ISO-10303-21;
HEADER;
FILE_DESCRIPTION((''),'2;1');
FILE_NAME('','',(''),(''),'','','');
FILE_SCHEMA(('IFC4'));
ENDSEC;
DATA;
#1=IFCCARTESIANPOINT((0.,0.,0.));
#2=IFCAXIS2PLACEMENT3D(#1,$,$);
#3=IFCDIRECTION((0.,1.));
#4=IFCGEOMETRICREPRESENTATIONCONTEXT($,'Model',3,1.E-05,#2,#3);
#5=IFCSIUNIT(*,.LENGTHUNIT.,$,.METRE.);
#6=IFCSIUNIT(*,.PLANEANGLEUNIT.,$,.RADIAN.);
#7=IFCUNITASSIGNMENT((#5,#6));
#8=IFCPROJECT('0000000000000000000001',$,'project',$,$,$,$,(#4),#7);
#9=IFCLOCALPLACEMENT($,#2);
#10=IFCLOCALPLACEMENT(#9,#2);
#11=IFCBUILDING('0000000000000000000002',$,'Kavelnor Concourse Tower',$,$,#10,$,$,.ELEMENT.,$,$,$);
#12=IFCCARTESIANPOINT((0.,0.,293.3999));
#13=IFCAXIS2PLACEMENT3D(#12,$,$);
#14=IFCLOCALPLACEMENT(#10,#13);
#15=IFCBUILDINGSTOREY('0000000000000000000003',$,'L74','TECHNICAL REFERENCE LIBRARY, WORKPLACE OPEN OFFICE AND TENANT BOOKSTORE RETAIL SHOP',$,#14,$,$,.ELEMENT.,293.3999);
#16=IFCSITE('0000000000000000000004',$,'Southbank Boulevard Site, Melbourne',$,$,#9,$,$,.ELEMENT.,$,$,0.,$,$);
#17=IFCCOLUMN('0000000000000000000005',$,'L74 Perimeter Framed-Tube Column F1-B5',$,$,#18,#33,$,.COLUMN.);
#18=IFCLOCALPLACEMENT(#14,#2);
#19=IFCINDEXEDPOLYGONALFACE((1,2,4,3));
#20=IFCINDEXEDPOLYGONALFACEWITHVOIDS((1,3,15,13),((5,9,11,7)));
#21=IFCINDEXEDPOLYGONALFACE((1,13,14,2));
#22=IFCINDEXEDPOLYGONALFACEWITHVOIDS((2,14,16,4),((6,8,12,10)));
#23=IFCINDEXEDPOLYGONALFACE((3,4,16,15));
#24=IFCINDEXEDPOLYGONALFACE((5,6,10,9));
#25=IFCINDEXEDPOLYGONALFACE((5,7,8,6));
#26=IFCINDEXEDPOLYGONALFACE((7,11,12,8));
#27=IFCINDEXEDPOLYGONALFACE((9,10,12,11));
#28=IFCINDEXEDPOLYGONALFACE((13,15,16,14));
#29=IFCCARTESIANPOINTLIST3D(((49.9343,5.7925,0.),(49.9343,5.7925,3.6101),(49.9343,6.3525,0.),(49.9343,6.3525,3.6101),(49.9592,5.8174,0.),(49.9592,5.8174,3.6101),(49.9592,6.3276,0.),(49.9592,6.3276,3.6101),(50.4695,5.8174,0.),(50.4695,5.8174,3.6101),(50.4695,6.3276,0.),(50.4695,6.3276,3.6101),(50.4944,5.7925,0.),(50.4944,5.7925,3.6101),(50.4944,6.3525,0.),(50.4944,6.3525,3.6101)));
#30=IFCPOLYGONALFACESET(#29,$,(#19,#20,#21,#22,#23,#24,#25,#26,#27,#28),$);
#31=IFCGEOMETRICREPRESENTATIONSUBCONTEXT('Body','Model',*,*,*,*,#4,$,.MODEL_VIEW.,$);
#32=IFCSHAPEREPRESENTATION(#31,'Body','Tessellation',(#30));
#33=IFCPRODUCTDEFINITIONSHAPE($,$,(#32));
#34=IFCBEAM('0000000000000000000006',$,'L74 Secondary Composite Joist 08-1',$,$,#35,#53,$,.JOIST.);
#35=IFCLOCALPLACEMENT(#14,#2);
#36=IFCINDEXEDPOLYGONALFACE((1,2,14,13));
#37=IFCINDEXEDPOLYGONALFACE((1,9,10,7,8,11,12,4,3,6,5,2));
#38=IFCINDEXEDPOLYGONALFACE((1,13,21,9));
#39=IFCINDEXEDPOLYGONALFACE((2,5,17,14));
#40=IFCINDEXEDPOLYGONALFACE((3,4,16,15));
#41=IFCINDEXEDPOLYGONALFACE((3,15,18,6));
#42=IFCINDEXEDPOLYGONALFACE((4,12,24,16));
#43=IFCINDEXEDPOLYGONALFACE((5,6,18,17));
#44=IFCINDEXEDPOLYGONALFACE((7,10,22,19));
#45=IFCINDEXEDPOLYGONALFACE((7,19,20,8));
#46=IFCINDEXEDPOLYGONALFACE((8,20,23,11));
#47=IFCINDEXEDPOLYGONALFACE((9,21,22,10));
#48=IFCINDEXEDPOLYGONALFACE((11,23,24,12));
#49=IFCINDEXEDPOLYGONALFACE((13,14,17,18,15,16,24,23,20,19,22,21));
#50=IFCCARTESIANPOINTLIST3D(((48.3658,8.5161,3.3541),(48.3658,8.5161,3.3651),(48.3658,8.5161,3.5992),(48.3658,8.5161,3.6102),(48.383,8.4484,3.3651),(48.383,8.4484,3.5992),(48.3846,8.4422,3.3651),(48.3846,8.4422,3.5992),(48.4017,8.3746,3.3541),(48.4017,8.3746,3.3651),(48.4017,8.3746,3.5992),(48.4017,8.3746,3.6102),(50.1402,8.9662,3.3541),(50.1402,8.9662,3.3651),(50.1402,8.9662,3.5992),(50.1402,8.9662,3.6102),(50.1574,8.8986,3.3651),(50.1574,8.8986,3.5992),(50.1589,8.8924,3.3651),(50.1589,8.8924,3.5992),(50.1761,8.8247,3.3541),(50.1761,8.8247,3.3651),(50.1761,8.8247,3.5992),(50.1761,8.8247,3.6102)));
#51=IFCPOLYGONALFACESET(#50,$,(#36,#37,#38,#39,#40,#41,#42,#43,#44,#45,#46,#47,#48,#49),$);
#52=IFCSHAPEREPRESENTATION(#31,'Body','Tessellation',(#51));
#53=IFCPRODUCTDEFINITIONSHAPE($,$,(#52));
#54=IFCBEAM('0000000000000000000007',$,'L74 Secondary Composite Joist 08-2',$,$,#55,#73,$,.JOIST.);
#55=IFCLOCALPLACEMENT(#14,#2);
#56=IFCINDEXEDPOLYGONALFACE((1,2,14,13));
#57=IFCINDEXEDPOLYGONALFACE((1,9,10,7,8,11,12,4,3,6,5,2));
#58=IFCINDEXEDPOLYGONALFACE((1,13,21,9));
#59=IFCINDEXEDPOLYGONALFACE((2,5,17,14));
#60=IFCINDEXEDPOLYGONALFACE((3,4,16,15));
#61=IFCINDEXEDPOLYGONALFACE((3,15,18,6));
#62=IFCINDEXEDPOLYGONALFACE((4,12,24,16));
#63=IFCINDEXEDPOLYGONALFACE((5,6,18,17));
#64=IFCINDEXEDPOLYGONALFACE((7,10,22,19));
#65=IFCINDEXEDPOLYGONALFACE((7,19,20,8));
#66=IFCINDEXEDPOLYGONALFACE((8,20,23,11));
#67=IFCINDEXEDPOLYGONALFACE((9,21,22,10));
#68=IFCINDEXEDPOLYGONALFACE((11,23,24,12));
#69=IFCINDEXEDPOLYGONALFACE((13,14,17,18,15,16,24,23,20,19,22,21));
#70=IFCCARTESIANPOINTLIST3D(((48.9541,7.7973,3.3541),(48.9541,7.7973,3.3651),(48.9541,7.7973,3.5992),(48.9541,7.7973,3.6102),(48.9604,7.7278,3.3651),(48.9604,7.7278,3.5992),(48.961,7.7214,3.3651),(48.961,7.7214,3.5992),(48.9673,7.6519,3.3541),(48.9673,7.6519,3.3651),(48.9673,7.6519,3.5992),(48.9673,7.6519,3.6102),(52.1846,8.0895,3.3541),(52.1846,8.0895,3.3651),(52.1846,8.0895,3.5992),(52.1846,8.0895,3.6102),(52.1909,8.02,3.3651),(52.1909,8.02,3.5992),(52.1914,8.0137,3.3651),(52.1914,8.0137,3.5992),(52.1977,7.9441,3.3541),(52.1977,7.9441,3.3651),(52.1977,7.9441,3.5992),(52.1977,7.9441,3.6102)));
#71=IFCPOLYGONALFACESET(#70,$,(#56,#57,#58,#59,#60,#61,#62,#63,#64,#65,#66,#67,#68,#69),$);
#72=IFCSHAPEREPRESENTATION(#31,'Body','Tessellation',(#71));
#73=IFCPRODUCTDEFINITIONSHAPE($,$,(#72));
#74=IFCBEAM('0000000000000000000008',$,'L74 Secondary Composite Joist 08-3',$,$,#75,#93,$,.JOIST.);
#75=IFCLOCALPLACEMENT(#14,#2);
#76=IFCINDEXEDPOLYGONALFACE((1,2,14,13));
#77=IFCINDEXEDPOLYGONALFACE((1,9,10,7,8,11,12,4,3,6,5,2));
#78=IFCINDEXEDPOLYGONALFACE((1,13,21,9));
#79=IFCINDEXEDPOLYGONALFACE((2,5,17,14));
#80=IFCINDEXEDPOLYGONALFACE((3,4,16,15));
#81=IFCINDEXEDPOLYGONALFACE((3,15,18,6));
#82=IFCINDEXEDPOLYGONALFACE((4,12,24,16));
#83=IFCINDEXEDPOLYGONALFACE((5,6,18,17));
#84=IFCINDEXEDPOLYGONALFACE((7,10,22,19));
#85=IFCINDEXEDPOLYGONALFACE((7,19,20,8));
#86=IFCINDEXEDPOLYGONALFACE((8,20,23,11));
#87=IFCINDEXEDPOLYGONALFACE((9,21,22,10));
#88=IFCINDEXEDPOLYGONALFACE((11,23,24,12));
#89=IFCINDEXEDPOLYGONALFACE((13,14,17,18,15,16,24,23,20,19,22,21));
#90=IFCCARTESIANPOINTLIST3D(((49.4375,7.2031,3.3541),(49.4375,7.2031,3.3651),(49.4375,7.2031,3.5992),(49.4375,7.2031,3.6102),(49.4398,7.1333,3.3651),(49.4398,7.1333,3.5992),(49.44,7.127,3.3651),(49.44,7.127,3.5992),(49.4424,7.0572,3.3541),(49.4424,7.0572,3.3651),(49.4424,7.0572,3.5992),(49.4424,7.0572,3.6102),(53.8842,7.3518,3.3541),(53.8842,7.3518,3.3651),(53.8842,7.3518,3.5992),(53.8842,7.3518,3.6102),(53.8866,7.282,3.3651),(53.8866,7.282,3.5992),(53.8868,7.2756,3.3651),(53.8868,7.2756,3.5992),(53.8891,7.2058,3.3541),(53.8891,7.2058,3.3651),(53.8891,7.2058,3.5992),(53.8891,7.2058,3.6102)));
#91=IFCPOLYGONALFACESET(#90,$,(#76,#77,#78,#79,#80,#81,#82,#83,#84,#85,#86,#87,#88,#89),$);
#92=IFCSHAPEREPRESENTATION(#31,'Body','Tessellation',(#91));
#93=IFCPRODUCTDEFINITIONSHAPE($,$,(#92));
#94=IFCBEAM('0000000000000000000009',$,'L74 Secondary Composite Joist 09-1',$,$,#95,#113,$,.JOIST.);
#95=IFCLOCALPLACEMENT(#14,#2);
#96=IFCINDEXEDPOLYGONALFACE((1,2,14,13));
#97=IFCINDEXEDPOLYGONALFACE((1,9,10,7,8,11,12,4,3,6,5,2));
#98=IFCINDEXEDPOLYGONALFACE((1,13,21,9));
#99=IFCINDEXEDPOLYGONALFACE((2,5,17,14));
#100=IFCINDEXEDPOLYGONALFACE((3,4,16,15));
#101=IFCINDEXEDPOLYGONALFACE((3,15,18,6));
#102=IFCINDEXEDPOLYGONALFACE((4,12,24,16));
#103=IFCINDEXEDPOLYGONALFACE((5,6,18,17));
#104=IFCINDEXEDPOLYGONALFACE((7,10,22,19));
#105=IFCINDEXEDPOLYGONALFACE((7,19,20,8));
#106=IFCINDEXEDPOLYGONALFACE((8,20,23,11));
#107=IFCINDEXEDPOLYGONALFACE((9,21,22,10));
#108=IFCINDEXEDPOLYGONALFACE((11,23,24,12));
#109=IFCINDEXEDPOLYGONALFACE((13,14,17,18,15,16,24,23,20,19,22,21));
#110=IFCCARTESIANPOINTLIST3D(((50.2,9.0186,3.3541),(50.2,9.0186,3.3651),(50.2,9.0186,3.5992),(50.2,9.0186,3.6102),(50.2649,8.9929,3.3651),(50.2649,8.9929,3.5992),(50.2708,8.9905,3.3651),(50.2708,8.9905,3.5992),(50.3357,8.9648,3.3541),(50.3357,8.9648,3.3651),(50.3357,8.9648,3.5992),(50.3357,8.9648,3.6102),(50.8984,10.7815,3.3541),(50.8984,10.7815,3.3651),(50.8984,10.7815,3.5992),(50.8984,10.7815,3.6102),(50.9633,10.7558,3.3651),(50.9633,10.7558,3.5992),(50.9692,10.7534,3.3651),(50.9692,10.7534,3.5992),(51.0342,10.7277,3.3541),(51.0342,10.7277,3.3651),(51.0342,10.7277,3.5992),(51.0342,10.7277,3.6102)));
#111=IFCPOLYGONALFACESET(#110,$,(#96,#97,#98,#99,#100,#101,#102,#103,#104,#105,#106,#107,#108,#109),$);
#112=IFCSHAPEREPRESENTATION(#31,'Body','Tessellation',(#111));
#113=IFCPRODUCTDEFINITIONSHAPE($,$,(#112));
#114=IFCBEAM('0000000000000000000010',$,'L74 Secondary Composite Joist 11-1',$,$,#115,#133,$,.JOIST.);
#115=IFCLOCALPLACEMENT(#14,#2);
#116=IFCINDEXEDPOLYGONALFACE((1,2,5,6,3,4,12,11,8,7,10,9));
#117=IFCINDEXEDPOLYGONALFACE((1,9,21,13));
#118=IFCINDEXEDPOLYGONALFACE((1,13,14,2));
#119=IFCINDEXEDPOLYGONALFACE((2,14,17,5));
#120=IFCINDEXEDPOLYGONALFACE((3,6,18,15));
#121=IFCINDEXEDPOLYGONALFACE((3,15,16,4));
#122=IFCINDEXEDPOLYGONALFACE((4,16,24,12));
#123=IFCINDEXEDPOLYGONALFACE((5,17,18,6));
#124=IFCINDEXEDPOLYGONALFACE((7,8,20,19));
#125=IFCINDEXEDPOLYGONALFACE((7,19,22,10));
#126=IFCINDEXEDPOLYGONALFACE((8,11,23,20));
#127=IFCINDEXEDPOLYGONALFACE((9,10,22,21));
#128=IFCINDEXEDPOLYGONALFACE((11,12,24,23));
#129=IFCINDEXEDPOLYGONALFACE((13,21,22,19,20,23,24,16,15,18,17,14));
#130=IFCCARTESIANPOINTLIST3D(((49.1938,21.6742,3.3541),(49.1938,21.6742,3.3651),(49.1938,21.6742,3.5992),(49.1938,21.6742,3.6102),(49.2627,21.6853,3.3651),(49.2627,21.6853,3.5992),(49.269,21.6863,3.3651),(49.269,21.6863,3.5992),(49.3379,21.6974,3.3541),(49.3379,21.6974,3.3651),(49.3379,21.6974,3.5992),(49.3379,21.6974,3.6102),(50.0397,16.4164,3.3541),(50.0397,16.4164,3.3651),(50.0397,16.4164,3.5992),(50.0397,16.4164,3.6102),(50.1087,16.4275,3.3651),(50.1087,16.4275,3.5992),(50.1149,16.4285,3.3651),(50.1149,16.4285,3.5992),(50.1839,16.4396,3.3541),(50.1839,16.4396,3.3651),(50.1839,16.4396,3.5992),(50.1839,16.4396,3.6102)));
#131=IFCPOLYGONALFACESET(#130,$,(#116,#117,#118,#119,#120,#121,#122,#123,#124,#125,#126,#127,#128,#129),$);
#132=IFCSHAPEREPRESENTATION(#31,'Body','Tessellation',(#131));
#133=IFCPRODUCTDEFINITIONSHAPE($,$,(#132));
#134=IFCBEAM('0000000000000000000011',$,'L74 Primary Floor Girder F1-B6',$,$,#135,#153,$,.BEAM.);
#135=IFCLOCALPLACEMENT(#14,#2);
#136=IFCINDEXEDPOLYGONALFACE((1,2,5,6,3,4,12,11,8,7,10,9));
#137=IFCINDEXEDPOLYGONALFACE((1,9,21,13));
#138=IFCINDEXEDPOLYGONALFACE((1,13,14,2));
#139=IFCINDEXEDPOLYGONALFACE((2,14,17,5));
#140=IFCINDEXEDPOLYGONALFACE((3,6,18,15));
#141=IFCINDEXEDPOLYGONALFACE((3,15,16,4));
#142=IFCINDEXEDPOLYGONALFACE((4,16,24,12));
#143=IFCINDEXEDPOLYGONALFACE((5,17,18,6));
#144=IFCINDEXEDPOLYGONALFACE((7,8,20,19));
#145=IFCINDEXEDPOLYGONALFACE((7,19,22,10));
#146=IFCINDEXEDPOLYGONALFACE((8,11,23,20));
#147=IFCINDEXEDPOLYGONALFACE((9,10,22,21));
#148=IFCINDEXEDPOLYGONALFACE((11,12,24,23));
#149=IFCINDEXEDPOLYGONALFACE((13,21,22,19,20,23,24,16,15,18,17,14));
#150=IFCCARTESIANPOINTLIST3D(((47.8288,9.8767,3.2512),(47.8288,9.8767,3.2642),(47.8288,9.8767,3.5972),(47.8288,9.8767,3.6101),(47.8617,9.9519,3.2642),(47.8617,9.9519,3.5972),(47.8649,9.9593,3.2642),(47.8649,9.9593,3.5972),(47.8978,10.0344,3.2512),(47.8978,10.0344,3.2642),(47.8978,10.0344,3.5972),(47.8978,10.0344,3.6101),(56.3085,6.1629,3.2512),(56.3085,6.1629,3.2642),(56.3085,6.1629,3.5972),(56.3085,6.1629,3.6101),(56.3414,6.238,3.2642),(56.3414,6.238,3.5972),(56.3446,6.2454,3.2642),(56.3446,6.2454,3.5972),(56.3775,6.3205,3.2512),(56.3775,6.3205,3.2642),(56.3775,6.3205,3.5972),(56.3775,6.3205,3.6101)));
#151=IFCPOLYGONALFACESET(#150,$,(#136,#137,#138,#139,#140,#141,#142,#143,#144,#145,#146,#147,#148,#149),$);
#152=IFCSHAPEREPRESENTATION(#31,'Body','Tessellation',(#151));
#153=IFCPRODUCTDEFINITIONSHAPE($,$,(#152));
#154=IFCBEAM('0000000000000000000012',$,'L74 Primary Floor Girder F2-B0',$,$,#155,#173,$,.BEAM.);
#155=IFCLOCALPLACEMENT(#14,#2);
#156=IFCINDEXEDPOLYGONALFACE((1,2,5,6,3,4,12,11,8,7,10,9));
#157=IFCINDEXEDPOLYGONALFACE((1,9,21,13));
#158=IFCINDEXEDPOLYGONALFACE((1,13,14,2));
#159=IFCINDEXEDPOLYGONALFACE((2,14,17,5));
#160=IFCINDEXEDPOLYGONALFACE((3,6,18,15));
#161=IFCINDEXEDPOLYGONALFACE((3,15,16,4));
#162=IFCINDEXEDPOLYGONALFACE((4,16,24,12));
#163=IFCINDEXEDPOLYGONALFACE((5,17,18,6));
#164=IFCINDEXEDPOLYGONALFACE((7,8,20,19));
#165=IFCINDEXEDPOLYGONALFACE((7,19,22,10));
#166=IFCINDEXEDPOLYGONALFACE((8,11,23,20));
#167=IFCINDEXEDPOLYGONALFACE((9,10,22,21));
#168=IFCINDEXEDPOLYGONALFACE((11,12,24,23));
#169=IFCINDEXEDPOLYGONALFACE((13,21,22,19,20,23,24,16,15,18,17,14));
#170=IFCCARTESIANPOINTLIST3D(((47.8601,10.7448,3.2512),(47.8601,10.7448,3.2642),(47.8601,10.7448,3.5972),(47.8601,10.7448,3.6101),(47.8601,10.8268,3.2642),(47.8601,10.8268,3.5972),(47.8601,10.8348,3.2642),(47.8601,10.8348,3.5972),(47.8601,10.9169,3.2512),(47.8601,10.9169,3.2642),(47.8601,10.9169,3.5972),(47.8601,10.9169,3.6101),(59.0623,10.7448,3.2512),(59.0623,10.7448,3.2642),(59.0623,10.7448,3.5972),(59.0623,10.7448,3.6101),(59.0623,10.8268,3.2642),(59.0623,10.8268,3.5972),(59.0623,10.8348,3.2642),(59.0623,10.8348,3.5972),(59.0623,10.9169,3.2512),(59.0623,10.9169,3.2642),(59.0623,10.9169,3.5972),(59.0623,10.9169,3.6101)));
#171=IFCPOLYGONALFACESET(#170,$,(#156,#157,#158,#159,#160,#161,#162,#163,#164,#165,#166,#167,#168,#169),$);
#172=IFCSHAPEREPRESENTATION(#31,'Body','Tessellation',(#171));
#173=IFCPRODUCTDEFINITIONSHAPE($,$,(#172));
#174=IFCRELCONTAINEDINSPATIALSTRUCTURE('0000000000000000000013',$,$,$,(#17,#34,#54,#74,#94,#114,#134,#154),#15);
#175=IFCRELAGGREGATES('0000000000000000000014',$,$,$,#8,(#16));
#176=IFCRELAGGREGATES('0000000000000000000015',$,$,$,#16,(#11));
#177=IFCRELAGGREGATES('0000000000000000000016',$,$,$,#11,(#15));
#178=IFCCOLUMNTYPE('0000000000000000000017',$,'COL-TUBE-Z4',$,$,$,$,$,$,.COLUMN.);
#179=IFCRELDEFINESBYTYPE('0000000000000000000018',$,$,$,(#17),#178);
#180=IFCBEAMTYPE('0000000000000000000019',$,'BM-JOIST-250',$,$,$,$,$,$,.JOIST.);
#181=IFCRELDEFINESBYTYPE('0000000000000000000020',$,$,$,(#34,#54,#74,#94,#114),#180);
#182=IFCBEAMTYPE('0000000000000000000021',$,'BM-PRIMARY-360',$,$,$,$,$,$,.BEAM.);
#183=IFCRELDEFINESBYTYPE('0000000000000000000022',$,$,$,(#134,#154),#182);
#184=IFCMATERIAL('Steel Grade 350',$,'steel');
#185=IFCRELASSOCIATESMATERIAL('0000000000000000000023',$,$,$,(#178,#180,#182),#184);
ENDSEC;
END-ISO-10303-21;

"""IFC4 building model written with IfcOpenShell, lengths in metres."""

from ifc_helpers import new_model, si_unit, direction, frame, origin, origin_2d, place, context, subcontext, project, spatial, hollow_rectangle, i_section, extrude, material, material_profile, profile_set, type_object, element, save


model = new_model("IFC4")

# Units and contexts
model_context = context("Model", 3, precision=1e-05, world=origin(), true_north=direction((0.0, 1.0)))
body_context = subcontext(model_context, "Body", "Model", "MODEL_VIEW")
ifc_project = project(units=[si_unit("LENGTHUNIT", "METRE"), si_unit("PLANEANGLEUNIT", "RADIAN")], contexts=[model_context])

# Site, building, storey
site_placement = place(None, origin())
site = spatial("IfcSite", under=ifc_project, at=site_placement, Name="Southbank Boulevard Site, Melbourne", CompositionType="ELEMENT", RefElevation=0.0)
building_placement = place(site_placement, origin())
building = spatial("IfcBuilding", under=site, at=building_placement, Name="Kavelnor Concourse Tower", CompositionType="ELEMENT")
storey_placement = place(building_placement, frame((0.0, 0.0, 293.3999)))
storey = spatial("IfcBuildingStorey", under=building, at=storey_placement, Name="L74", Description="TECHNICAL REFERENCE LIBRARY, WORKPLACE OPEN OFFICE AND TENANT BOOKSTORE RETAIL SHOP", CompositionType="ELEMENT", Elevation=293.3999)

# Column
ifc_material_1 = material(Name="Steel Grade 350", Category="steel")
ifc_material_profile_1 = material_profile(ifc_material_1, hollow_rectangle(XDim=0.5601, YDim=0.5601, WallThickness=0.0249, at=origin_2d()), Name="SHS 560x560x25")
ifc_profile_set_1 = profile_set([ifc_material_profile_1], Name="Steel Grade 350")
column_type = type_object("IfcColumnType", Name="COL-TUBE-Z4", PredefinedType="COLUMN", material=ifc_profile_set_1)
column_placement = place(storey_placement, frame((50.2144, 6.0725, 0.0), z_axis=(0.0, 0.0, 1.0), x_axis=(1.0, 0.0, 0.0)))
element("IfcColumn", 1, at=column_placement, inside=storey, type_object=column_type, Name="L74 Perimeter Framed-Tube Column F1-B5", PredefinedType="COLUMN", context=body_context, shape_type="SweptSolid", body=[
    extrude(hollow_rectangle(XDim=0.5601, YDim=0.5601, WallThickness=0.0249, at=origin_2d()), origin(), (0.0, 0.0, 1.0), 3.6101),
])

# Beams
ifc_material_profile_2 = material_profile(ifc_material_1, i_section(OverallWidth=0.146, OverallDepth=0.2561, WebThickness=0.0063, FlangeThickness=0.011, at=origin_2d()), Name="250UB37")
ifc_profile_set_2 = profile_set([ifc_material_profile_2], Name="Steel Grade 350")
beam_type_1 = type_object("IfcBeamType", Name="BM-JOIST-250", PredefinedType="JOIST", material=ifc_profile_set_2)
beam_1_placement = place(storey_placement, frame((48.3838, 8.4453, 3.4822), z_axis=(0.969289, 0.245923, 0.0), x_axis=(-0.245923, 0.969289, 0.0)))
element("IfcBeam", 2, at=beam_1_placement, inside=storey, type_object=beam_type_1, Name="L74 Secondary Composite Joist 08-1", PredefinedType="JOIST", context=body_context, shape_type="SweptSolid", body=[
    extrude(i_section(OverallWidth=0.146, OverallDepth=0.2561, WebThickness=0.0063, FlangeThickness=0.011, at=origin_2d()), origin(), (0.0, 0.0, 1.0), 1.8306),
])
beam_2_placement = place(storey_placement, frame((48.9607, 7.7246, 3.4822), z_axis=(0.995933, 0.090095, 0.0), x_axis=(-0.090095, 0.995933, 0.0)))
element("IfcBeam", 3, at=beam_2_placement, inside=storey, type_object=beam_type_1, Name="L74 Secondary Composite Joist 08-2", PredefinedType="JOIST", context=body_context, shape_type="SweptSolid", body=[
    extrude(i_section(OverallWidth=0.146, OverallDepth=0.2561, WebThickness=0.0063, FlangeThickness=0.011, at=origin_2d()), origin(), (0.0, 0.0, 1.0), 3.2437),
])
beam_3_placement = place(storey_placement, frame((49.4399, 7.1301, 3.4822), z_axis=(0.999441, 0.033417, 0.0), x_axis=(-0.033417, 0.999441, 0.0)))
element("IfcBeam", 4, at=beam_3_placement, inside=storey, type_object=beam_type_1, Name="L74 Secondary Composite Joist 08-3", PredefinedType="JOIST", context=body_context, shape_type="SweptSolid", body=[
    extrude(i_section(OverallWidth=0.146, OverallDepth=0.2561, WebThickness=0.0063, FlangeThickness=0.011, at=origin_2d()), origin(), (0.0, 0.0, 1.0), 4.4492),
])
beam_4_placement = place(storey_placement, frame((50.2678, 8.9917, 3.4822), z_axis=(0.368348, 0.929688, 0.0), x_axis=(-0.929688, 0.368348, 0.0)))
element("IfcBeam", 5, at=beam_4_placement, inside=storey, type_object=beam_type_1, Name="L74 Secondary Composite Joist 09-1", PredefinedType="JOIST", context=body_context, shape_type="SweptSolid", body=[
    extrude(i_section(OverallWidth=0.146, OverallDepth=0.2561, WebThickness=0.0063, FlangeThickness=0.011, at=origin_2d()), origin(), (0.0, 0.0, 1.0), 1.8962),
])
beam_5_placement = place(storey_placement, frame((50.1118, 16.428, 3.4822), z_axis=(-0.15885, 0.987303, 0.0), x_axis=(-0.987303, -0.15885, 0.0)))
element("IfcBeam", 6, at=beam_5_placement, inside=storey, type_object=beam_type_1, Name="L74 Secondary Composite Joist 11-1", PredefinedType="JOIST", context=body_context, shape_type="SweptSolid", body=[
    extrude(i_section(OverallWidth=0.146, OverallDepth=0.2561, WebThickness=0.0063, FlangeThickness=0.011, at=origin_2d()), origin(), (0.0, 0.0, 1.0), 5.3254),
])
ifc_material_profile_3 = material_profile(ifc_material_1, i_section(OverallWidth=0.1721, OverallDepth=0.3589, WebThickness=0.0081, FlangeThickness=0.0129, at=origin_2d()), Name="360UB56")
ifc_profile_set_3 = profile_set([ifc_material_profile_3], Name="Steel Grade 350")
beam_type_2 = type_object("IfcBeamType", Name="BM-PRIMARY-360", PredefinedType="BEAM", material=ifc_profile_set_3)
beam_6_placement = place(storey_placement, frame((47.8633, 9.9556, 3.4307), z_axis=(0.915999, -0.40118, 0.0), x_axis=(0.40118, 0.915999, 0.0)))
element("IfcBeam", 7, at=beam_6_placement, inside=storey, type_object=beam_type_2, Name="L74 Primary Floor Girder F1-B6", PredefinedType="BEAM", context=body_context, shape_type="SweptSolid", body=[
    extrude(i_section(OverallWidth=0.1721, OverallDepth=0.3589, WebThickness=0.0081, FlangeThickness=0.0129, at=origin_2d()), origin(), (0.0, 0.0, 1.0), 9.2573),
])
beam_7_placement = place(storey_placement, frame((47.8601, 10.8308, 3.4307), z_axis=(1.0, 0.0, 0.0), x_axis=(0.0, 1.0, 0.0)))
element("IfcBeam", 8, at=beam_7_placement, inside=storey, type_object=beam_type_2, Name="L74 Primary Floor Girder F2-B0", PredefinedType="BEAM", context=body_context, shape_type="SweptSolid", body=[
    extrude(i_section(OverallWidth=0.1721, OverallDepth=0.3589, WebThickness=0.0081, FlangeThickness=0.0129, at=origin_2d()), origin(), (0.0, 0.0, 1.0), 11.2021),
])

save(model, "model.ifc")
